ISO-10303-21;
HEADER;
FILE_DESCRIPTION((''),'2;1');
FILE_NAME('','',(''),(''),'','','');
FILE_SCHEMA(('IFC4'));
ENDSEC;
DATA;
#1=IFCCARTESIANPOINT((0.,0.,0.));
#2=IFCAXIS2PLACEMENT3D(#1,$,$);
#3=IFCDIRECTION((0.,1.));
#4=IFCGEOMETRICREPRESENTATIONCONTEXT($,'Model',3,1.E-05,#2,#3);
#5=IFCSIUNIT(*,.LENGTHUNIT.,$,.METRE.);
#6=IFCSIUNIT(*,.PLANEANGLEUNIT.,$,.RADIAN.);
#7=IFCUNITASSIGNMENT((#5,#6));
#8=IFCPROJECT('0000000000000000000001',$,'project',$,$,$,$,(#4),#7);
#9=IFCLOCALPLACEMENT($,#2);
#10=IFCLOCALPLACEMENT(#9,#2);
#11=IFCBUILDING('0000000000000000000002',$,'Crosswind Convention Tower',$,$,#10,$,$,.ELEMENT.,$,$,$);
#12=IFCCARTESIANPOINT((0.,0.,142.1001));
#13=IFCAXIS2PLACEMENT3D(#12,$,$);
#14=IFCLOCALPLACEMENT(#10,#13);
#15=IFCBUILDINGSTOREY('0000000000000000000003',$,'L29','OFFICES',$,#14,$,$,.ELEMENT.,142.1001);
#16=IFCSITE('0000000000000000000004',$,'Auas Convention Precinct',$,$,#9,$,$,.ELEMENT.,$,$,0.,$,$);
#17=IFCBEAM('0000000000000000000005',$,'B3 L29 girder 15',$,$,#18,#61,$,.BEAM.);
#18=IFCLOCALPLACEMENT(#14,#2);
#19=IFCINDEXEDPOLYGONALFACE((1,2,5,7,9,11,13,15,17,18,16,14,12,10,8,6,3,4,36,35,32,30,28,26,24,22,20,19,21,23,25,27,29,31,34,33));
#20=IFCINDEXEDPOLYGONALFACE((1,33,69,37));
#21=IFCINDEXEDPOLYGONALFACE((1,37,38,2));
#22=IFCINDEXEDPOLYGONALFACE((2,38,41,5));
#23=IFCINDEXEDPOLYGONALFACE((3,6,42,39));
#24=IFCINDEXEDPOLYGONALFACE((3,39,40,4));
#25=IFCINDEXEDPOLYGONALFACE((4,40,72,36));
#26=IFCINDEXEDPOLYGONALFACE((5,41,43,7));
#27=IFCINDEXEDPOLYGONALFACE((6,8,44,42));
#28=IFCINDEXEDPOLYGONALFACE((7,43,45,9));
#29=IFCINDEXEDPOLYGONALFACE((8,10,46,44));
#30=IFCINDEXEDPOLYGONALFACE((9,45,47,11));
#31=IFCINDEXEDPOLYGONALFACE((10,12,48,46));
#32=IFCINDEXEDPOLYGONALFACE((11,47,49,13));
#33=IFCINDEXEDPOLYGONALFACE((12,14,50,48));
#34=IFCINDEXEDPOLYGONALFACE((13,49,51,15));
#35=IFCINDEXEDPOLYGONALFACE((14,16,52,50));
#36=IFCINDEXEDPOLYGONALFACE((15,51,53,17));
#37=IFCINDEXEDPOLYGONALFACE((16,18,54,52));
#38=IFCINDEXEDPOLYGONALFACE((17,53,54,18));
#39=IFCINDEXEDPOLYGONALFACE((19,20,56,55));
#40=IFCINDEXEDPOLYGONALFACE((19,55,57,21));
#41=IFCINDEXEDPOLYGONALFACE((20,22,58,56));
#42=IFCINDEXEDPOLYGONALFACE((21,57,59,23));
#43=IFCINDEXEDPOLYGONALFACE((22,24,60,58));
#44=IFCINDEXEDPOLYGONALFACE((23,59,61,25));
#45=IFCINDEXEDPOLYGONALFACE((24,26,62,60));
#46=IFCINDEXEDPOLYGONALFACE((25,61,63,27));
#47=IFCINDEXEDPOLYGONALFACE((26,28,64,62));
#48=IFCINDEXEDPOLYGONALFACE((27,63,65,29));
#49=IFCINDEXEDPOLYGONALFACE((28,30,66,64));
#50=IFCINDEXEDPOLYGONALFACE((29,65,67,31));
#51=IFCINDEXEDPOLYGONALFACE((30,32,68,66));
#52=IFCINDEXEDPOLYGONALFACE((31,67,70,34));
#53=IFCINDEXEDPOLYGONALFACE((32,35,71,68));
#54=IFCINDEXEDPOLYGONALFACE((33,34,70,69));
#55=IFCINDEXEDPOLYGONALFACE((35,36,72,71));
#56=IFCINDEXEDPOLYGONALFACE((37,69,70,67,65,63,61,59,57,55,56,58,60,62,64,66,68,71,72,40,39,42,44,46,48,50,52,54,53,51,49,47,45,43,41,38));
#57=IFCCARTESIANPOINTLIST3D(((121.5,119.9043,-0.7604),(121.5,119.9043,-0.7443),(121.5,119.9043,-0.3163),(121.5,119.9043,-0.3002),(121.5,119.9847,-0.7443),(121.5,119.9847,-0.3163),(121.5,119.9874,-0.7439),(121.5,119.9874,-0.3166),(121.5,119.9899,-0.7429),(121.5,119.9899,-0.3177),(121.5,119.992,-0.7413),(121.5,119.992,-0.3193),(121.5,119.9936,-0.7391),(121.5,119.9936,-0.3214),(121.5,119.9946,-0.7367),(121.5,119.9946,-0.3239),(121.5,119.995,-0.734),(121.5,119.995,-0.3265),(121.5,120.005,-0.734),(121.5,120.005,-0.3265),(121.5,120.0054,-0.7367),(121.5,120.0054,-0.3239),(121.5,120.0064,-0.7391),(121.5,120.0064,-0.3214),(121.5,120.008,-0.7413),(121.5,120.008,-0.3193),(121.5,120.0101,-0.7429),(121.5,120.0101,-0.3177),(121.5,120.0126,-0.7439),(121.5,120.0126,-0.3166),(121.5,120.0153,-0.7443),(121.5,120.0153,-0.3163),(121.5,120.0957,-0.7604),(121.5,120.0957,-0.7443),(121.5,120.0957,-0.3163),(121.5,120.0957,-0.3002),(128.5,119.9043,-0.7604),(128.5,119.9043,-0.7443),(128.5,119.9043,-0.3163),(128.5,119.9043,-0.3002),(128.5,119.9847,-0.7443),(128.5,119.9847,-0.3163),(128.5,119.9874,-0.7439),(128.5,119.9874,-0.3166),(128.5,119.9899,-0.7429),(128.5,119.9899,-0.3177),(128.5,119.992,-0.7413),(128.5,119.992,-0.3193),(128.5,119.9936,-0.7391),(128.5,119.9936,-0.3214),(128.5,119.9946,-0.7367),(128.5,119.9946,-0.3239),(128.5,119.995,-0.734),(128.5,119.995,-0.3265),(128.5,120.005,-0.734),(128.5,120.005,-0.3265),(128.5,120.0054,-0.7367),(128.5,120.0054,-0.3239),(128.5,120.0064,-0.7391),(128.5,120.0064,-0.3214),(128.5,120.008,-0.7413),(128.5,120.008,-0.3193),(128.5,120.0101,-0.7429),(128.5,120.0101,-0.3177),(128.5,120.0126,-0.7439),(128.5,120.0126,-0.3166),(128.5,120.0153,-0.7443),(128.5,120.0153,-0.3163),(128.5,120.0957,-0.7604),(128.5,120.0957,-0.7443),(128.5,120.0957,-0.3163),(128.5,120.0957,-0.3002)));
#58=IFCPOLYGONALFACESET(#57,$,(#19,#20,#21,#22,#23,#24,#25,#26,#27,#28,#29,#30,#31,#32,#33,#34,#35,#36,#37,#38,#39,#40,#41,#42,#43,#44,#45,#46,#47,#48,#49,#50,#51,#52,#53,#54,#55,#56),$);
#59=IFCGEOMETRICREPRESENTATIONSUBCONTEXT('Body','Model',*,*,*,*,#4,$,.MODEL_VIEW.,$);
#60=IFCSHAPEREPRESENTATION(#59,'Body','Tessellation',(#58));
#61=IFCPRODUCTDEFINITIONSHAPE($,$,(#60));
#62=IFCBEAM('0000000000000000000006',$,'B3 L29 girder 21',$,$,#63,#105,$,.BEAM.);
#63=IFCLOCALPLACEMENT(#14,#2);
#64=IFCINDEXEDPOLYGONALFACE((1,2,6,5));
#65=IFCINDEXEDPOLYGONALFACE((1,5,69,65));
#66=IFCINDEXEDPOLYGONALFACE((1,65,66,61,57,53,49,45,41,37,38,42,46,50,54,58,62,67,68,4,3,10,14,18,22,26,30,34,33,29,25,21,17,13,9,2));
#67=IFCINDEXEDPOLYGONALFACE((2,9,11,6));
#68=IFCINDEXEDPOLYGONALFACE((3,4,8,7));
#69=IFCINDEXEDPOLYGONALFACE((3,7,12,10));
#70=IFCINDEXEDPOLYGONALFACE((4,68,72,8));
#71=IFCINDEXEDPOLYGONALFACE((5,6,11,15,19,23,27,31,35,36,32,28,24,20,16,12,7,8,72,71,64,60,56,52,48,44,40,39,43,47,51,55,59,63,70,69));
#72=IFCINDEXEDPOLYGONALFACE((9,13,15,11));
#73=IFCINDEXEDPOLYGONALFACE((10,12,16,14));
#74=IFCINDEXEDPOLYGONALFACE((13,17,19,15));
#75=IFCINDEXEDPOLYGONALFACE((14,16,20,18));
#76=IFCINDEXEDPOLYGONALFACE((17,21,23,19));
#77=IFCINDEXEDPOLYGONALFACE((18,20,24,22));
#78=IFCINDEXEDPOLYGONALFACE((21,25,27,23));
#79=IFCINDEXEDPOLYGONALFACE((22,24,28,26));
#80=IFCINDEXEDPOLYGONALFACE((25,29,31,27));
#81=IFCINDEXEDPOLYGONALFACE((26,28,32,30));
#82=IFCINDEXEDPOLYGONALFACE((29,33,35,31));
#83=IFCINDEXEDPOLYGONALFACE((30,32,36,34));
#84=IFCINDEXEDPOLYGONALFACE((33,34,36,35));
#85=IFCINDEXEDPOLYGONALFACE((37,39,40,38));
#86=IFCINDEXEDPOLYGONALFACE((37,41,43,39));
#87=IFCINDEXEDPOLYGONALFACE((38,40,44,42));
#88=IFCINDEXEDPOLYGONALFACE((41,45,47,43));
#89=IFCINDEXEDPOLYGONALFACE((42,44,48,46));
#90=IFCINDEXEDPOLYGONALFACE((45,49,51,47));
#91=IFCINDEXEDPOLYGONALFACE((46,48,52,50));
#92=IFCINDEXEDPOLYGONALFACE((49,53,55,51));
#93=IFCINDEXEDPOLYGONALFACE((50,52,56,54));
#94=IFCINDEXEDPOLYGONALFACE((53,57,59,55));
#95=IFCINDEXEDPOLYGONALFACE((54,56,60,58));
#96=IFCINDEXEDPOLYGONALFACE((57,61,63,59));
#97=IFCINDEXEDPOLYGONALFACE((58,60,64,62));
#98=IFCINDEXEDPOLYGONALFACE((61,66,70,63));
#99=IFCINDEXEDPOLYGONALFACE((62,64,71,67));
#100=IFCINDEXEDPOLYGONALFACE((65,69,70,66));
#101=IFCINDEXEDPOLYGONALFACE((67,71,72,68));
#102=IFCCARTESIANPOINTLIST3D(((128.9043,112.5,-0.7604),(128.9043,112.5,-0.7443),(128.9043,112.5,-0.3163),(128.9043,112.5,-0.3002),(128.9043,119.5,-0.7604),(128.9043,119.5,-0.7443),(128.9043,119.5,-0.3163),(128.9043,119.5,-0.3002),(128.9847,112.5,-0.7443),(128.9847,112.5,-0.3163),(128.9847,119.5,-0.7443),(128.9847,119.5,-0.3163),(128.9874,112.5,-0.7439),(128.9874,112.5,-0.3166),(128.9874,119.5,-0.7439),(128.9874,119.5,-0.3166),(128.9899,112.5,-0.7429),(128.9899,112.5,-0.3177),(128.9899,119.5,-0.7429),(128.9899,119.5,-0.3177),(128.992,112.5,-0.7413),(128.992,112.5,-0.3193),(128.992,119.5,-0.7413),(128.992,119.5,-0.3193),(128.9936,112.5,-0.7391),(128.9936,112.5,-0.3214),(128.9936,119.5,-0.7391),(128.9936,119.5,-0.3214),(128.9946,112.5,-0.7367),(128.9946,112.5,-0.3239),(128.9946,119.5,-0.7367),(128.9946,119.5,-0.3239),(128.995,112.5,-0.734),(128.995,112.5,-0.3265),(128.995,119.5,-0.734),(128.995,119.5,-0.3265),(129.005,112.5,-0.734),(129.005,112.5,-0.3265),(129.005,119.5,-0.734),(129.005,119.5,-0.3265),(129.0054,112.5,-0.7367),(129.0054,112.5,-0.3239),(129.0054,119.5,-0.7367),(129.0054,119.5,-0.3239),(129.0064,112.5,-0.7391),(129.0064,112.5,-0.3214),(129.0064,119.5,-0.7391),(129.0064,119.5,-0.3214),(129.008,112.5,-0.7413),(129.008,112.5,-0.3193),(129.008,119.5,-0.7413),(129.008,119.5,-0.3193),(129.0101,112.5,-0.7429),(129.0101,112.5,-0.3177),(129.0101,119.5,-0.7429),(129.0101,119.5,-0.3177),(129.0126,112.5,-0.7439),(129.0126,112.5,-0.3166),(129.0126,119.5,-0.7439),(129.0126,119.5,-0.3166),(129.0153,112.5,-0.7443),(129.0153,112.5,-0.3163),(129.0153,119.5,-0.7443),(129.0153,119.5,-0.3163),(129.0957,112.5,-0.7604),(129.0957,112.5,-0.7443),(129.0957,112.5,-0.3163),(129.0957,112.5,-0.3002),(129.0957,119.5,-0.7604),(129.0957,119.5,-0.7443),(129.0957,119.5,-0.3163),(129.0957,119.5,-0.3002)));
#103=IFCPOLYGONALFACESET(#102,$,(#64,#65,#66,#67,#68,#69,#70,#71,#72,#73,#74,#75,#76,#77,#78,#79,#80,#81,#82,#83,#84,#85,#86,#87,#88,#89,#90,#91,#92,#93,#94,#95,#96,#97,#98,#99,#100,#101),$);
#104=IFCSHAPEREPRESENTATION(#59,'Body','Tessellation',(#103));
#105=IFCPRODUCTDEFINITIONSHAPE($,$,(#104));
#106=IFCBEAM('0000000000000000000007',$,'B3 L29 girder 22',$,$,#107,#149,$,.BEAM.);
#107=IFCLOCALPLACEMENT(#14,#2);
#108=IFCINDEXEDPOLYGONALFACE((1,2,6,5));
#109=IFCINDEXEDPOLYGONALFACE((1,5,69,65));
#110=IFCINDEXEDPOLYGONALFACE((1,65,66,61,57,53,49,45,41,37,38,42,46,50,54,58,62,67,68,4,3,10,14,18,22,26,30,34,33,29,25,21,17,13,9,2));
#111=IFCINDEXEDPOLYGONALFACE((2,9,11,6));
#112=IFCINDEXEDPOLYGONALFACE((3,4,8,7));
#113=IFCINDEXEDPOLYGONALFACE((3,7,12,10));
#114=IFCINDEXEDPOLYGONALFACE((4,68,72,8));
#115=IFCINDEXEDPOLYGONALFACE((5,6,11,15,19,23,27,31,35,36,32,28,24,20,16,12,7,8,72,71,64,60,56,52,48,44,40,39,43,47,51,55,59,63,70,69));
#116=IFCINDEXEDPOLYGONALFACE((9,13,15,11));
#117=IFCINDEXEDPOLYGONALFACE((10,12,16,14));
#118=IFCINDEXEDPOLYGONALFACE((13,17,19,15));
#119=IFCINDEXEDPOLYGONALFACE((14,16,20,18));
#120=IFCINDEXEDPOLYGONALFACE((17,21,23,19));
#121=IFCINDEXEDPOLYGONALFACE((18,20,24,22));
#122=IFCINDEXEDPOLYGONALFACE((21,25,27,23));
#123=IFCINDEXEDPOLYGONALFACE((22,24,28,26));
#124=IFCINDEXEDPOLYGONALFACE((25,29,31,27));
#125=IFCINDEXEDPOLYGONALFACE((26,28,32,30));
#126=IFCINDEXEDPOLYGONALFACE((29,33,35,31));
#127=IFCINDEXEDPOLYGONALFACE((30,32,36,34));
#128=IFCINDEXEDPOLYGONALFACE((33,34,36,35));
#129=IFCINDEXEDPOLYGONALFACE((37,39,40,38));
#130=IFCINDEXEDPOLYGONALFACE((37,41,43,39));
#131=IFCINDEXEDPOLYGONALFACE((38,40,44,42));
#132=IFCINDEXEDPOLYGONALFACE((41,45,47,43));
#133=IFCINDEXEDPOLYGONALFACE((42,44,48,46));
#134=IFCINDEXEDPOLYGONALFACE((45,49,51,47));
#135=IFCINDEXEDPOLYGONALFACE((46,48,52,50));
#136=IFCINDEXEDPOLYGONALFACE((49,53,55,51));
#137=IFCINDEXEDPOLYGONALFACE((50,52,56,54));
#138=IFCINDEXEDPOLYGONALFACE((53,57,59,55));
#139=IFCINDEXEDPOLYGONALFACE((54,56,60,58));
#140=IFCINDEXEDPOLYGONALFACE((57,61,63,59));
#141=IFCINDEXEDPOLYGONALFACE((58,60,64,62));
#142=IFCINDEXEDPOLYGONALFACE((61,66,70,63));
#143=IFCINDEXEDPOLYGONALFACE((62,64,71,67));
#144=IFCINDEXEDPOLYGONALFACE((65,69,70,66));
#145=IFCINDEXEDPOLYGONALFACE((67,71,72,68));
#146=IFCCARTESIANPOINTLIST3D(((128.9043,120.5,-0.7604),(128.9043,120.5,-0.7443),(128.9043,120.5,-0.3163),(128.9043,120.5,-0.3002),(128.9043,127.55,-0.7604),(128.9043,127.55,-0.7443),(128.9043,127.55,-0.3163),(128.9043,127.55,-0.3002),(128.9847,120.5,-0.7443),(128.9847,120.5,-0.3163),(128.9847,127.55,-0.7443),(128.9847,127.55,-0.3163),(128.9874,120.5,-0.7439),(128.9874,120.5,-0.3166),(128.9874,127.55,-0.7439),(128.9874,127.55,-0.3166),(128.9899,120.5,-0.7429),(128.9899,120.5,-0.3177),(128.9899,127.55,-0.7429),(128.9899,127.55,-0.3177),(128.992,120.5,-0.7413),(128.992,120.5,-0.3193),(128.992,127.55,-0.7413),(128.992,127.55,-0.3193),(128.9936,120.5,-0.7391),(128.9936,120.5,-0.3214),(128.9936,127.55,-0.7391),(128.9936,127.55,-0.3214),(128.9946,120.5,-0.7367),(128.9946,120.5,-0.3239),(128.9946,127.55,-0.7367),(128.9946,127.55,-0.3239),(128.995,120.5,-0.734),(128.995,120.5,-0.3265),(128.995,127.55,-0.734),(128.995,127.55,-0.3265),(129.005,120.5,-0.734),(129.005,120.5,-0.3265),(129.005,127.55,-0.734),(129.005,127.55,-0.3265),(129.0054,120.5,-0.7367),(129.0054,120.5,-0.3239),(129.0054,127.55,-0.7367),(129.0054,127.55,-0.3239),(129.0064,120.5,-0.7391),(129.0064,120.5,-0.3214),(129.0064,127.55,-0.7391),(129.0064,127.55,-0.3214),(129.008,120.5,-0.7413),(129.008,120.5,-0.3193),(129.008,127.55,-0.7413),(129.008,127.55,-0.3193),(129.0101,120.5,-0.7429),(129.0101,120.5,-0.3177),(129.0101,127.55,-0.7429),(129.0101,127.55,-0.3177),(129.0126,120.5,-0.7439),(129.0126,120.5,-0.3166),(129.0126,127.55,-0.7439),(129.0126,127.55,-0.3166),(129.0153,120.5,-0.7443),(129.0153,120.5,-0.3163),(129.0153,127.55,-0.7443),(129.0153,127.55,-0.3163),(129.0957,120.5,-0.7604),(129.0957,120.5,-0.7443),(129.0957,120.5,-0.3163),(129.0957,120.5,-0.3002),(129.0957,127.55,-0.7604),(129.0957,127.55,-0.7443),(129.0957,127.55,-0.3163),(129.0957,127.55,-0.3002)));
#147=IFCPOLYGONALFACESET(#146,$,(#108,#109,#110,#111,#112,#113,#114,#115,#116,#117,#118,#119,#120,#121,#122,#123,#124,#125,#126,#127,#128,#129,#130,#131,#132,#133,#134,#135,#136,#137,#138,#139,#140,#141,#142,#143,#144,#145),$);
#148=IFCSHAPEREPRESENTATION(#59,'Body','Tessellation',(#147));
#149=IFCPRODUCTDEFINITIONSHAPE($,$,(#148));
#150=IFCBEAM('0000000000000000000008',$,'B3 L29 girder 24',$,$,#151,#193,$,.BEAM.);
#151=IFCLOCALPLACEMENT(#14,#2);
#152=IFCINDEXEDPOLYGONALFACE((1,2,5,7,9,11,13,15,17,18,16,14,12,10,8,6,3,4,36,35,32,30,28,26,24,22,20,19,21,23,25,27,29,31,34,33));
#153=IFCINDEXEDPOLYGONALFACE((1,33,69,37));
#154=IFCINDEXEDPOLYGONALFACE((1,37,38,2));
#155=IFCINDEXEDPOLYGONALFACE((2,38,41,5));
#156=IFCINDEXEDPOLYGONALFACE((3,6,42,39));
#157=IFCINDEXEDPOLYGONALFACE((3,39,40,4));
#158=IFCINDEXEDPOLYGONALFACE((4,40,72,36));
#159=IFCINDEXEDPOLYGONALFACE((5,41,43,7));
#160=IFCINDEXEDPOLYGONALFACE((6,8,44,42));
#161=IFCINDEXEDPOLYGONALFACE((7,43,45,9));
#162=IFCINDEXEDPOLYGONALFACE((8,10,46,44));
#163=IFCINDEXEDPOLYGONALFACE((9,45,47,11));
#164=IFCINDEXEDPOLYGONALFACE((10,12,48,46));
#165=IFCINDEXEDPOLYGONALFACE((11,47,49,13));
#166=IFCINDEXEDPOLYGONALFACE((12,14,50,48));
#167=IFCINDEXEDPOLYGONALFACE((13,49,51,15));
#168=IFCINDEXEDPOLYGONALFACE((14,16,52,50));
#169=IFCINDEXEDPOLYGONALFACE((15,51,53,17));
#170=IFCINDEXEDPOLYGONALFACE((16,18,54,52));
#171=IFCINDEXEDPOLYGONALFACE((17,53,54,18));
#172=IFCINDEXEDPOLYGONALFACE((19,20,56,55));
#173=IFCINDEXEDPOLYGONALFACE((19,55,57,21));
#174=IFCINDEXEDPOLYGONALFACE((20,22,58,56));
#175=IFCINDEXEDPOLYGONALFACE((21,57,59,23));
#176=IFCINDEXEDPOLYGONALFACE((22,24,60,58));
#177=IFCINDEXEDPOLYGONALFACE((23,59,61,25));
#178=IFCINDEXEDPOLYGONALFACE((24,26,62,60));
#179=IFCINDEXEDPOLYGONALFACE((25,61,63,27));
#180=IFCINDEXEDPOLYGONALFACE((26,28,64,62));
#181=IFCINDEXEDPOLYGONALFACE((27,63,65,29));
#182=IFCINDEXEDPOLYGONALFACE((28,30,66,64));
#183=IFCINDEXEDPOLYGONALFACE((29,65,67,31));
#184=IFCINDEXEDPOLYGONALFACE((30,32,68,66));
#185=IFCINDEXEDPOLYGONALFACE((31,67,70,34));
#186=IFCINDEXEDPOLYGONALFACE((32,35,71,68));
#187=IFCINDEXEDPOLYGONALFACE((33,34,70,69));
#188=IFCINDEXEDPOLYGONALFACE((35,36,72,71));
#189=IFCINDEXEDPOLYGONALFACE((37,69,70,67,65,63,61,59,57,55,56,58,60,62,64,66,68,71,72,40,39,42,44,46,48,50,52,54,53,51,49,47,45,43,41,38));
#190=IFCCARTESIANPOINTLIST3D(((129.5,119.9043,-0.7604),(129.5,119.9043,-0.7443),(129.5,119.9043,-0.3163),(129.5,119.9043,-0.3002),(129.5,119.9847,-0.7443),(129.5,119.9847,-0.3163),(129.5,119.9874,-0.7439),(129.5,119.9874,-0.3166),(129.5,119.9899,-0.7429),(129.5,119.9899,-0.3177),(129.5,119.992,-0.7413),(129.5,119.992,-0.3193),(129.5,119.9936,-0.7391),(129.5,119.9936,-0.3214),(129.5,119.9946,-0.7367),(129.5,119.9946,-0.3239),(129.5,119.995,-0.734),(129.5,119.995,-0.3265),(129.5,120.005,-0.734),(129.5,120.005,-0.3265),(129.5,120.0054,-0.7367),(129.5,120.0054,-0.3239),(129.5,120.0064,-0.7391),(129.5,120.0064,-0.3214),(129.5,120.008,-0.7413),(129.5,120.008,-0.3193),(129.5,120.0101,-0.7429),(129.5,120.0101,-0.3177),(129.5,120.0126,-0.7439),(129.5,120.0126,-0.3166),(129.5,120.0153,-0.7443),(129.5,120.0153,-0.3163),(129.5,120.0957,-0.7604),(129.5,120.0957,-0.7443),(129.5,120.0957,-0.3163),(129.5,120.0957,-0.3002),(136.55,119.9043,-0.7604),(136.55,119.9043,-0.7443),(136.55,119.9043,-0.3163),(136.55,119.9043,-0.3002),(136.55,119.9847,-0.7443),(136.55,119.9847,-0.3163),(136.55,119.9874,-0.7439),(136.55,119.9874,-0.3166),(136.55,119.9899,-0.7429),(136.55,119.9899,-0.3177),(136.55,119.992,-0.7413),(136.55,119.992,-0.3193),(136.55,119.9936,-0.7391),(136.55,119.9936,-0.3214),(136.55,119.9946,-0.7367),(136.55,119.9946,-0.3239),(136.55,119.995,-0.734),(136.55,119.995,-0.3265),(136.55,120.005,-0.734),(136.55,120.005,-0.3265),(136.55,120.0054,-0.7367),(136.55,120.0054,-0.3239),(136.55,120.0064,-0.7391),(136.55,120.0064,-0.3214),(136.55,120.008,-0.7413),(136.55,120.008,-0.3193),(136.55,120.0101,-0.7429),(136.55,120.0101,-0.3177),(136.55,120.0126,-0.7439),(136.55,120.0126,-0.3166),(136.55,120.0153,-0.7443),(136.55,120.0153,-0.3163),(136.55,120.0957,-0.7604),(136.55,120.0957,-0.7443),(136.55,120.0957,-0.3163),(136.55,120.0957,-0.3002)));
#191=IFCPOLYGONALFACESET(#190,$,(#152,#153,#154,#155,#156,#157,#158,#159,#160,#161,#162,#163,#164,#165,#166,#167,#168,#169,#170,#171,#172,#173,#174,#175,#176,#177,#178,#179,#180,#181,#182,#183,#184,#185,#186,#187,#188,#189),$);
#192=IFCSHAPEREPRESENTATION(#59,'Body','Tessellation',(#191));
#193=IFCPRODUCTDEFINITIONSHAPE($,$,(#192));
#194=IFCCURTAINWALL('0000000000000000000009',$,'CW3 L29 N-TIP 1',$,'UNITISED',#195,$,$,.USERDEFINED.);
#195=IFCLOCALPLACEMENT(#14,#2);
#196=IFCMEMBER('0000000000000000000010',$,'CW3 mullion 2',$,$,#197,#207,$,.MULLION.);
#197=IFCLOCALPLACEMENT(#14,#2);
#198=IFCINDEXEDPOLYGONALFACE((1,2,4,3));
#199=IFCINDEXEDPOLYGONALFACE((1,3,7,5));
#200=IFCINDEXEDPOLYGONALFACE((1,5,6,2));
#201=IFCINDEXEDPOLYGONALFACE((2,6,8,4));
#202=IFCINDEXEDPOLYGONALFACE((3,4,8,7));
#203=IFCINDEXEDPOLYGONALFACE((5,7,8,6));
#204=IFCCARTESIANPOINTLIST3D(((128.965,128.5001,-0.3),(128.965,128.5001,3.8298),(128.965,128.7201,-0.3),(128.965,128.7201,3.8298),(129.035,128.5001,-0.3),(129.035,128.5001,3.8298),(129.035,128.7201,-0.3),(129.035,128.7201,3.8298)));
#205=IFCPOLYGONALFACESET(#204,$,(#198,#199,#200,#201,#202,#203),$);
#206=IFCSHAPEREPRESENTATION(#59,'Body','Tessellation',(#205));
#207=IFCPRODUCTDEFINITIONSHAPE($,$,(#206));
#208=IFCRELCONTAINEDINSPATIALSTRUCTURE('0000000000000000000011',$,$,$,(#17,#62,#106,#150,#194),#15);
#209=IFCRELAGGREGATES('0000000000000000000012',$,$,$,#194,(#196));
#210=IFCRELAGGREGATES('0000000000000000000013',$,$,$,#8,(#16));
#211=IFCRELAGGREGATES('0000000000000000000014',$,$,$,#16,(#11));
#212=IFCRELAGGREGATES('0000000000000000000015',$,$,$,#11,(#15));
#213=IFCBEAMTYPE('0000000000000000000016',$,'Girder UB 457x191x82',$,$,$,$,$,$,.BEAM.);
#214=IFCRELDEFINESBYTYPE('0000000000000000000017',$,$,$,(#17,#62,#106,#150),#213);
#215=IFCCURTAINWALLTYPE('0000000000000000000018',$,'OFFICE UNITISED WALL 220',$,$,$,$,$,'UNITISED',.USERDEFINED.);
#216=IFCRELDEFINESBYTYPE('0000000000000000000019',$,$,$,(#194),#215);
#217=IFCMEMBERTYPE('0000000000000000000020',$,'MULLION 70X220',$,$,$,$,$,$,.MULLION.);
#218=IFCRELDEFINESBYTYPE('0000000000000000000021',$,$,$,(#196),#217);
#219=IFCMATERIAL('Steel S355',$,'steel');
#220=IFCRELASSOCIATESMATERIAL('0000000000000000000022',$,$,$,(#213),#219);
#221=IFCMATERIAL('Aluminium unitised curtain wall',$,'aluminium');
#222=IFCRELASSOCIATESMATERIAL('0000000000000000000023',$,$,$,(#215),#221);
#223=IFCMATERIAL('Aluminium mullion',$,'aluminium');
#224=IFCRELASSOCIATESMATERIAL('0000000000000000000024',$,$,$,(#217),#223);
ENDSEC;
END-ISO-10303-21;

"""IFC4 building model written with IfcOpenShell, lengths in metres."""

from ifc_helpers import new_model, si_unit, direction, frame, origin, origin_2d, place, context, subcontext, project, spatial, rectangle, i_section, extrude, material, material_profile, profile_set, type_object, element, aggregate, save


model = new_model("IFC4")

# Units and contexts
model_context = context("Model", 3, precision=1e-05, world=origin(), true_north=direction((0.0, 1.0)))
body_context = subcontext(model_context, "Body", "Model", "MODEL_VIEW")
ifc_project = project(units=[si_unit("LENGTHUNIT", "METRE"), si_unit("PLANEANGLEUNIT", "RADIAN")], contexts=[model_context])

# Site, building, storey
site_placement = place(None, origin())
site = spatial("IfcSite", under=ifc_project, at=site_placement, Name="Auas Convention Precinct", CompositionType="ELEMENT", RefElevation=0.0)
building_placement = place(site_placement, origin())
building = spatial("IfcBuilding", under=site, at=building_placement, Name="Crosswind Convention Tower", CompositionType="ELEMENT")
storey_placement = place(building_placement, frame((0.0, 0.0, 142.1001)))
storey = spatial("IfcBuildingStorey", under=building, at=storey_placement, Name="L29", Description="OFFICES", CompositionType="ELEMENT", Elevation=142.1001)

# Beams
ifc_material_1 = material(Name="Steel S355", Category="steel")
ifc_material_profile_1 = material_profile(ifc_material_1, i_section(OverallWidth=0.1914, OverallDepth=0.4602, WebThickness=0.01, FlangeThickness=0.0161, FilletRadius=0.0103, at=origin_2d()), Name="UB 457x191x82")
ifc_profile_set_1 = profile_set([ifc_material_profile_1], Name="Steel S355")
beam_type_1 = type_object("IfcBeamType", Name="Girder UB 457x191x82", PredefinedType="BEAM", material=ifc_profile_set_1)
for number, where, z_axis, x_axis, name in (
    (1, (121.5, 120.0, -0.5303), (1.0, 0.0, 0.0), (0.0, 1.0, 0.0), "B3 L29 girder 15"),
    (2, (129.0, 112.5, -0.5303), (0.0, 1.0, 0.0), (-1.0, 0.0, 0.0), "B3 L29 girder 21"),
):
    element("IfcBeam", number, at=place(storey_placement, frame(where, z_axis=z_axis, x_axis=x_axis)), inside=storey, type_object=beam_type_1, Name=name, PredefinedType="BEAM", context=body_context, shape_type="SweptSolid", body=[
        extrude(i_section(OverallWidth=0.1914, OverallDepth=0.4602, WebThickness=0.01, FlangeThickness=0.0161, FilletRadius=0.0103, at=origin_2d()), origin(), (0.0, 0.0, 1.0), 7.0),
    ])
for number, where, z_axis, x_axis, name in (
    (3, (129.0, 120.5, -0.5303), (0.0, 1.0, 0.0), (-1.0, 0.0, 0.0), "B3 L29 girder 22"),
    (4, (129.5, 120.0, -0.5303), (1.0, 0.0, 0.0), (0.0, 1.0, 0.0), "B3 L29 girder 24"),
):
    element("IfcBeam", number, at=place(storey_placement, frame(where, z_axis=z_axis, x_axis=x_axis)), inside=storey, type_object=beam_type_1, Name=name, PredefinedType="BEAM", context=body_context, shape_type="SweptSolid", body=[
        extrude(i_section(OverallWidth=0.1914, OverallDepth=0.4602, WebThickness=0.01, FlangeThickness=0.0161, FilletRadius=0.0103, at=origin_2d()), origin(), (0.0, 0.0, 1.0), 7.05),
    ])

# Curtain wall, member
ifc_material_2 = material(Name="Aluminium unitised curtain wall", Category="aluminium")
curtain_wall_type = type_object("IfcCurtainWallType", Name="OFFICE UNITISED WALL 220", ElementType="UNITISED", PredefinedType="USERDEFINED", material=ifc_material_2)
curtain_wall_placement = place(storey_placement, origin())
curtain_wall = element("IfcCurtainWall", 5, at=curtain_wall_placement, inside=storey, type_object=curtain_wall_type, Name="CW3 L29 N-TIP 1", ObjectType="UNITISED", PredefinedType="USERDEFINED")
ifc_material_3 = material(Name="Aluminium mullion", Category="aluminium")
ifc_material_profile_2 = material_profile(ifc_material_3, rectangle(XDim=0.22, YDim=0.0701, at=origin_2d()), Name="AL 220X70")
ifc_profile_set_2 = profile_set([ifc_material_profile_2], Name="Aluminium mullion")
member_type_1 = type_object("IfcMemberType", Name="MULLION 70X220", PredefinedType="MULLION", material=ifc_profile_set_2)
member_1_placement = place(storey_placement, frame((129.0, 128.6101, -0.3), z_axis=(0.0, 0.0, 1.0), x_axis=(0.0, 1.0, 0.0)))
member_1 = element("IfcMember", 6, at=member_1_placement, type_object=member_type_1, Name="CW3 mullion 2", PredefinedType="MULLION", context=body_context, shape_type="SweptSolid", body=[
    extrude(rectangle(XDim=0.22, YDim=0.0701, at=origin_2d()), origin(), (0.0, 0.0, 1.0), 4.1299),
])

aggregate(curtain_wall, [member_1])

save(model, "model.ifc")
